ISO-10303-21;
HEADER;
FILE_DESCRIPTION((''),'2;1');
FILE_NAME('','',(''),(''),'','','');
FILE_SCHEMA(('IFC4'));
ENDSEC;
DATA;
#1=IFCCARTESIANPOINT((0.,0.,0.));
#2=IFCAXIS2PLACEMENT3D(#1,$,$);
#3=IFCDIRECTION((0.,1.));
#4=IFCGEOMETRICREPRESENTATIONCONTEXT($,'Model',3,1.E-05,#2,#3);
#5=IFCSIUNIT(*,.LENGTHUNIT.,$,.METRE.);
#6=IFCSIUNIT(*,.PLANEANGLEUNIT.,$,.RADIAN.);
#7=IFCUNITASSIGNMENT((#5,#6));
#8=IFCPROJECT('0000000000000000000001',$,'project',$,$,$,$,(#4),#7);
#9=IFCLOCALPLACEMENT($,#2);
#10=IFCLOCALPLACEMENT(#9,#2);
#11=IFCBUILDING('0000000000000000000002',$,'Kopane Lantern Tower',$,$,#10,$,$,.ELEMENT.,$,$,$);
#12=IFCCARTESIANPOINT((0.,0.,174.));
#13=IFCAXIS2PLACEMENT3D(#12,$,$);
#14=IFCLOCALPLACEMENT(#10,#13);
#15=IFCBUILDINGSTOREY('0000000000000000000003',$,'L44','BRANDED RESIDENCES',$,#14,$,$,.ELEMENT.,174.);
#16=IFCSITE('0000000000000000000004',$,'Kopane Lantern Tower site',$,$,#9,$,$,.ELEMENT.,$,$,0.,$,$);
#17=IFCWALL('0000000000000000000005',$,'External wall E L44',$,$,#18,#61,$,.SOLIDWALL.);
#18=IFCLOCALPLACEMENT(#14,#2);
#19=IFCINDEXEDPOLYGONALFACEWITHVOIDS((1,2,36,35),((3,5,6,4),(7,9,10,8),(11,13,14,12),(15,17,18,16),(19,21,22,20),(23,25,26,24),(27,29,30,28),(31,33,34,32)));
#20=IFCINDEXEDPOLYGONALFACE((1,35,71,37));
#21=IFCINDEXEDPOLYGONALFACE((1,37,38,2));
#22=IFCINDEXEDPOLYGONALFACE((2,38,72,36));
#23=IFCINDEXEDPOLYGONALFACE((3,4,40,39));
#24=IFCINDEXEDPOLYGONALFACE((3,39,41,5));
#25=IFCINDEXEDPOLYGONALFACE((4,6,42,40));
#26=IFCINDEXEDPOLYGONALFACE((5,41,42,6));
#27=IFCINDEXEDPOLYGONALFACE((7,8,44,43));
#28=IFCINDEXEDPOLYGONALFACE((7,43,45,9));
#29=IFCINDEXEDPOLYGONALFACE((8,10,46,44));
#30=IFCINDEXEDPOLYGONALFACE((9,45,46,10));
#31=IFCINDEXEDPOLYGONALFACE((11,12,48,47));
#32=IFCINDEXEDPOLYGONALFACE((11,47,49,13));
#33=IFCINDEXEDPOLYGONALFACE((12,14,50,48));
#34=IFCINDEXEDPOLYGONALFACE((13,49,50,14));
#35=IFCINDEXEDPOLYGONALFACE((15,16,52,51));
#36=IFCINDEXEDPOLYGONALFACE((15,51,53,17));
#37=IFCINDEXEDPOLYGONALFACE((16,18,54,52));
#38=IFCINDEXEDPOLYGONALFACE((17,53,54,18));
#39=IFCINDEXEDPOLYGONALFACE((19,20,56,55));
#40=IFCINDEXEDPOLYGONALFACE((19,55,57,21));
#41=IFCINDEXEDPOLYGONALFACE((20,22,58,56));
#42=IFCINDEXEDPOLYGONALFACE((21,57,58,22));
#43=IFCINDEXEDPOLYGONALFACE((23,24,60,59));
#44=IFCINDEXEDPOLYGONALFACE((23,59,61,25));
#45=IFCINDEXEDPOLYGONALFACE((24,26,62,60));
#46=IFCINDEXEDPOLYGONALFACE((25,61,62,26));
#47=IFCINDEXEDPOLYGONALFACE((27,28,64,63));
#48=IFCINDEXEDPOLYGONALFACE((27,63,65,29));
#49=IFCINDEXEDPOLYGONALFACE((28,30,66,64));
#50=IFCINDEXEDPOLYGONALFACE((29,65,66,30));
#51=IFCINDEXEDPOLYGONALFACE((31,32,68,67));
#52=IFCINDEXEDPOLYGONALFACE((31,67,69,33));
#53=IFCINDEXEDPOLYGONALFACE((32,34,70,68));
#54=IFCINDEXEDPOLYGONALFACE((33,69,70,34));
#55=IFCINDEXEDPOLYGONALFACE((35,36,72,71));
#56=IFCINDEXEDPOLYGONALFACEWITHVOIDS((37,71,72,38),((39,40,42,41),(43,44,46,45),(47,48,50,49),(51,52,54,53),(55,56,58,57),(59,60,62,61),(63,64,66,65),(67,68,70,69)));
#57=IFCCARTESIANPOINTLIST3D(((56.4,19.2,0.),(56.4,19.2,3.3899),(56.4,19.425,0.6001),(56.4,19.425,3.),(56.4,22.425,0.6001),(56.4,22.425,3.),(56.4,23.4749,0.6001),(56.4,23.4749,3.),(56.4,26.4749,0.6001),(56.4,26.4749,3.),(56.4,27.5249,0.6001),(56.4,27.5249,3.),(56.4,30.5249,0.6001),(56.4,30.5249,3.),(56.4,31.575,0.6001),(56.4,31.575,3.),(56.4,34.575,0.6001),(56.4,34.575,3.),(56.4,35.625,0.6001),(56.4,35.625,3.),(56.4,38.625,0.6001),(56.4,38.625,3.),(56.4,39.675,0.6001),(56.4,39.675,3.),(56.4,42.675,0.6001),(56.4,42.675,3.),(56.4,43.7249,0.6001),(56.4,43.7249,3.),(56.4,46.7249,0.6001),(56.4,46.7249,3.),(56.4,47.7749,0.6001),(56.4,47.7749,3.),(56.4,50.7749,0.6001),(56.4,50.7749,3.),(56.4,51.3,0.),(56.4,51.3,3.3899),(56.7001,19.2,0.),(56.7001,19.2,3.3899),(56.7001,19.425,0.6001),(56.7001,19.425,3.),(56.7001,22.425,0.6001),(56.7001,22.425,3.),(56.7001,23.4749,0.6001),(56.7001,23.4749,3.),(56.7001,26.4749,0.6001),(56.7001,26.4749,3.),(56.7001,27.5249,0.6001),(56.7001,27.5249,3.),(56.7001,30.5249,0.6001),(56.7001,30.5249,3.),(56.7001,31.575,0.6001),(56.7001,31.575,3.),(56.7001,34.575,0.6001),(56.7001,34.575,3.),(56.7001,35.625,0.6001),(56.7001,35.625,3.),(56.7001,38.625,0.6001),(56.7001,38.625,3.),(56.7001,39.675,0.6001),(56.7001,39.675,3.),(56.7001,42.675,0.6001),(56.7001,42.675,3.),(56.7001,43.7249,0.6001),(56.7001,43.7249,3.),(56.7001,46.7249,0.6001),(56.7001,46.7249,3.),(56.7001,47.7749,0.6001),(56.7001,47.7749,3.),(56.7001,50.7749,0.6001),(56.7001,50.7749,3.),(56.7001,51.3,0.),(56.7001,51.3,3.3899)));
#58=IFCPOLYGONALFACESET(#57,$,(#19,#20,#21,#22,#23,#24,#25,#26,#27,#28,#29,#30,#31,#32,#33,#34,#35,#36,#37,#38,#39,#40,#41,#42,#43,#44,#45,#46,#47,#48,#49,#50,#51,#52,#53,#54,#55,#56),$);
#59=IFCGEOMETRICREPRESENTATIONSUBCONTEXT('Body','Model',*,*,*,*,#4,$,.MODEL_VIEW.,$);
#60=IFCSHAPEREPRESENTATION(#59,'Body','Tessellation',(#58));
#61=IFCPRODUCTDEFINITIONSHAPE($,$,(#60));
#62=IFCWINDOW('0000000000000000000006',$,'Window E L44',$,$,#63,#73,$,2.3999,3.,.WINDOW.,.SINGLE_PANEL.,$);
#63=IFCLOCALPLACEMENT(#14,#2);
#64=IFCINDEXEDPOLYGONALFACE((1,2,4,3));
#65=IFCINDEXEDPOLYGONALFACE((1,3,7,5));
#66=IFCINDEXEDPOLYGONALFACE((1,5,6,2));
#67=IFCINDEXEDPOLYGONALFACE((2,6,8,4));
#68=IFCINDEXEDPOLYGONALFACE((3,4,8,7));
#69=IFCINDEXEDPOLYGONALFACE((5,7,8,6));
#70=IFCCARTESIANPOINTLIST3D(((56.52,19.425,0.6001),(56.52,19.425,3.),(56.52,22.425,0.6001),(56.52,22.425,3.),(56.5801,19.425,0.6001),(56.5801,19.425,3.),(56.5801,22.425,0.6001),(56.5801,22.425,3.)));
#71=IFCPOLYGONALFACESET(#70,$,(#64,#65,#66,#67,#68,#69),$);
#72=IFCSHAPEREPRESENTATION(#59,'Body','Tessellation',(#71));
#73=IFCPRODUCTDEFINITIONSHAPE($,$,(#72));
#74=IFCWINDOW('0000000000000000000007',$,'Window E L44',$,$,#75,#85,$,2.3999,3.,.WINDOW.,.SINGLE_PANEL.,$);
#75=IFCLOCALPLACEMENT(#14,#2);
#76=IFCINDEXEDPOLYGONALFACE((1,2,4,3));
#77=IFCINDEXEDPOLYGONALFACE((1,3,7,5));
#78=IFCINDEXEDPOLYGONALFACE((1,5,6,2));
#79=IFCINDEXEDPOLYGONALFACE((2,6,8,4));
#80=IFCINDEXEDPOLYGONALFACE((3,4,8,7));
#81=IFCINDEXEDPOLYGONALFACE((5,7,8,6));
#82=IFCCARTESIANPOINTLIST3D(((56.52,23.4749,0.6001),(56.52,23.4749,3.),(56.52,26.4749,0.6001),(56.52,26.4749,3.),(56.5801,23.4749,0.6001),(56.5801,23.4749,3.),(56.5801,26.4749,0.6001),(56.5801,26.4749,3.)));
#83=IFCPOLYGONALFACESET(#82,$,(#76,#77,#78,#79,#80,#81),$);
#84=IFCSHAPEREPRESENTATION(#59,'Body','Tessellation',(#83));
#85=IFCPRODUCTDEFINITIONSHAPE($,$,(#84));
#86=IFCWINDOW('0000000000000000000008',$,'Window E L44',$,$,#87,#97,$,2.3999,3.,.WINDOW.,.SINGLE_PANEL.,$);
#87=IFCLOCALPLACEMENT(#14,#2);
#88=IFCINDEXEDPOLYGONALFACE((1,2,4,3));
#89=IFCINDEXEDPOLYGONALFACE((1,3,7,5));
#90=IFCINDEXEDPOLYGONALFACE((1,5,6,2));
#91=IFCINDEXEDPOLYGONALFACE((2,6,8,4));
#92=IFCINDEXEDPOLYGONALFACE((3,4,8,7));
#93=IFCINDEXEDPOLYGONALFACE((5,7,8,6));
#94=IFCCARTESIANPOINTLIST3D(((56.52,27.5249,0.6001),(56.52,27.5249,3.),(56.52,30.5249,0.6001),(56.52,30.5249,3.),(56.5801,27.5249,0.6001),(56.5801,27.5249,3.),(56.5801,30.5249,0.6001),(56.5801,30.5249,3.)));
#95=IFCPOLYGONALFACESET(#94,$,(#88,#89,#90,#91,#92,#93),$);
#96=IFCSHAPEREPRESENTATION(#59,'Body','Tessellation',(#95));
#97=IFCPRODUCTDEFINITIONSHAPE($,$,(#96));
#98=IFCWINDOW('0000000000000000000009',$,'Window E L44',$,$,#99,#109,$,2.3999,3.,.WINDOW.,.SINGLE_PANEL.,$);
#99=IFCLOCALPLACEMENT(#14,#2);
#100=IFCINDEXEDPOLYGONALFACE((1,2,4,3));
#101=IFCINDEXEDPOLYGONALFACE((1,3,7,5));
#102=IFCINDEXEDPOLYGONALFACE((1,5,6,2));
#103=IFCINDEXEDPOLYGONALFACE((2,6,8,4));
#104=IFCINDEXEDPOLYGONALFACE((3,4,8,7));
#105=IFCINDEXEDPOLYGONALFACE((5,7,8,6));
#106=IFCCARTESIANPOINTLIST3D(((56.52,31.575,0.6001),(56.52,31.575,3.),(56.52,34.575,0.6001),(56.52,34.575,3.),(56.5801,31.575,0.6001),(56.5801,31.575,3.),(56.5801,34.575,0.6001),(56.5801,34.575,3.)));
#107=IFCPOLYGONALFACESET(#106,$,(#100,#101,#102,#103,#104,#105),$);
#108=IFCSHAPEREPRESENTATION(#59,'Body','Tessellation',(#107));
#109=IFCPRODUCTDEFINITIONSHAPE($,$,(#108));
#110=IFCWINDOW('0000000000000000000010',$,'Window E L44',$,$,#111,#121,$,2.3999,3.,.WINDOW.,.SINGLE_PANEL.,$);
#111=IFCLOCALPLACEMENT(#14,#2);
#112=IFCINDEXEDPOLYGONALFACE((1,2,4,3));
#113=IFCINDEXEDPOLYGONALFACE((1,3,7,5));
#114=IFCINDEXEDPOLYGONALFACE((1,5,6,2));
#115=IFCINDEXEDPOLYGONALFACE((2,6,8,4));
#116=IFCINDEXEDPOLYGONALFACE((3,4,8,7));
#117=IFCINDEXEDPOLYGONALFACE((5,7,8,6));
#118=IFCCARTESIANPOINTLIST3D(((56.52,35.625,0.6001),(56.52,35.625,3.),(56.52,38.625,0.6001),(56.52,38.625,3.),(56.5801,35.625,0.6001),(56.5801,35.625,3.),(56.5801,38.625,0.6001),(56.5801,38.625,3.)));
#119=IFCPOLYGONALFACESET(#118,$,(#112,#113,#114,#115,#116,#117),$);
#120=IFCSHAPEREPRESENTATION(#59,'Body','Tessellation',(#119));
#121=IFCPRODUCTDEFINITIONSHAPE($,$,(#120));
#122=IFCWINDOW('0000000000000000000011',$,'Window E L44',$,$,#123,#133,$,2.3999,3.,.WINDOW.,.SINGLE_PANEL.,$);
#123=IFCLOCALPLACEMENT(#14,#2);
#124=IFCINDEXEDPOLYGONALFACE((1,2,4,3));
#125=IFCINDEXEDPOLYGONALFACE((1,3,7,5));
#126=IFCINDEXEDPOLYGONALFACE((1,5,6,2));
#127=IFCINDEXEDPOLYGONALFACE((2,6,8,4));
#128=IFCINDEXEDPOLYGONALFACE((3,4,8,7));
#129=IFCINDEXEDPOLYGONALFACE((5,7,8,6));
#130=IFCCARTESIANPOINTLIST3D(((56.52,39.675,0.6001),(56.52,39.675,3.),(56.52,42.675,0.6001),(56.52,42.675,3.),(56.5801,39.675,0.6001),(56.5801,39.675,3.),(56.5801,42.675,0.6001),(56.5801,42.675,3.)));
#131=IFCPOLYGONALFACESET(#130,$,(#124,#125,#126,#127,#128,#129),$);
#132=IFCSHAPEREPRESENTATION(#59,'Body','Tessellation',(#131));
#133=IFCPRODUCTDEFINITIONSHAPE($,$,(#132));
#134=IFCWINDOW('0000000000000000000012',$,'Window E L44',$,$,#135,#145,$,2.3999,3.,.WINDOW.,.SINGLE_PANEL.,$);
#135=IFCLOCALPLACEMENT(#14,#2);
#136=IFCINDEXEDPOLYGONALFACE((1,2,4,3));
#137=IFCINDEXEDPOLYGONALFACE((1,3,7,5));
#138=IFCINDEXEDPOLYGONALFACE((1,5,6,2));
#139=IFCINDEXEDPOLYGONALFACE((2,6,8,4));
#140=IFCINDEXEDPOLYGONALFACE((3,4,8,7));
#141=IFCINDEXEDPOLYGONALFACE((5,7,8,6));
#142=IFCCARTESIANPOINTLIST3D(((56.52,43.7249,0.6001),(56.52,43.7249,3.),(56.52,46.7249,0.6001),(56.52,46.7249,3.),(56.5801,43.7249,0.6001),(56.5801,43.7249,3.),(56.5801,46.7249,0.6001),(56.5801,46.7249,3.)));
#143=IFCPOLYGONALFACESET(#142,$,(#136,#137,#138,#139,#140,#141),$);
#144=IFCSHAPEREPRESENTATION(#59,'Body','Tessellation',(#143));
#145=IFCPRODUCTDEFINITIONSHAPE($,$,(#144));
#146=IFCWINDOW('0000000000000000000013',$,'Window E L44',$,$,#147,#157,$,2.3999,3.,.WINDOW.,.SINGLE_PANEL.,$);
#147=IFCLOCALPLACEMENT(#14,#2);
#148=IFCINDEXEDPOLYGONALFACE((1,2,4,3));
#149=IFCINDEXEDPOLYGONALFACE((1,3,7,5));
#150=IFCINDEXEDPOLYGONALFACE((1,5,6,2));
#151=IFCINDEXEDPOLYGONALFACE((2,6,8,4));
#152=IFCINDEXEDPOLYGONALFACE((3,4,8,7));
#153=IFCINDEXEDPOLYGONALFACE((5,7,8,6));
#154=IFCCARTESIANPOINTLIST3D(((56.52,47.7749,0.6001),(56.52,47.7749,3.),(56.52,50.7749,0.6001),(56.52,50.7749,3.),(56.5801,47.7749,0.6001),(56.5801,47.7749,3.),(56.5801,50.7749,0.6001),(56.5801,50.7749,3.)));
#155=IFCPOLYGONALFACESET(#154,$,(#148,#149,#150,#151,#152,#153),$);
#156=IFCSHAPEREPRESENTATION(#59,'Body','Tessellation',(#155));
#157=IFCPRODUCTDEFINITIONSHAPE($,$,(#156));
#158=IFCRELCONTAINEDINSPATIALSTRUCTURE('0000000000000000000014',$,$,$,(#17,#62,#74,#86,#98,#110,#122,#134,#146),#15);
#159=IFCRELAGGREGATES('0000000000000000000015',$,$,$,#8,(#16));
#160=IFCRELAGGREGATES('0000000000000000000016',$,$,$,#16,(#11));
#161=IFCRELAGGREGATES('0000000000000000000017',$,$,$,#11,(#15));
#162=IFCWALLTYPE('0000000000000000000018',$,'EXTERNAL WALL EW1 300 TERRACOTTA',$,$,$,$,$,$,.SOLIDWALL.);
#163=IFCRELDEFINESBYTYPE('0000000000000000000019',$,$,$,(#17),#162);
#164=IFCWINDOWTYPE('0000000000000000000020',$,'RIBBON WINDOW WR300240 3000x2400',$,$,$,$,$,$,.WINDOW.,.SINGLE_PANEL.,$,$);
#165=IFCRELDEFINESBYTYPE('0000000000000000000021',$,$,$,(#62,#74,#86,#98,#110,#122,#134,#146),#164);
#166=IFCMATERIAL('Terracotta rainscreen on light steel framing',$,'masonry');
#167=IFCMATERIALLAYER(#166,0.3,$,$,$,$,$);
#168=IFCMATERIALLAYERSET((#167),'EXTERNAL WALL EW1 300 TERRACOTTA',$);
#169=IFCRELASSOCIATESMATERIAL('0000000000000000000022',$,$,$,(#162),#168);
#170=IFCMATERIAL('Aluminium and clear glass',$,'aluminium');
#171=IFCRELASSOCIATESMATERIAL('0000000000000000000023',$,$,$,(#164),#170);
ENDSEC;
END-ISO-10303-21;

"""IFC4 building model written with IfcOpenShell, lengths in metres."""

from ifc_helpers import new_model, si_unit, direction, frame, frame_2d, origin, place, context, subcontext, project, spatial, rectangle, extrude, material, layer, layer_set, type_object, element, fill, save


model = new_model("IFC4")

# Units and contexts
model_context = context("Model", 3, precision=1e-05, world=origin(), true_north=direction((0.0, 1.0)))
body_context = subcontext(model_context, "Body", "Model", "MODEL_VIEW")
ifc_project = project(units=[si_unit("LENGTHUNIT", "METRE"), si_unit("PLANEANGLEUNIT", "RADIAN")], contexts=[model_context])

# Site, building, storey
site_placement = place(None, origin())
site = spatial("IfcSite", under=ifc_project, at=site_placement, Name="Kopane Lantern Tower site", CompositionType="ELEMENT", RefElevation=0.0)
building_placement = place(site_placement, origin())
building = spatial("IfcBuilding", under=site, at=building_placement, Name="Kopane Lantern Tower", CompositionType="ELEMENT")
storey_placement = place(building_placement, frame((0.0, 0.0, 174.0)))
storey = spatial("IfcBuildingStorey", under=building, at=storey_placement, Name="L44", Description="BRANDED RESIDENCES", CompositionType="ELEMENT", Elevation=174.0)

# Shared definitions
ifc_material_1 = material(Name="Terracotta rainscreen on light steel framing", Category="masonry")
ifc_layer_1 = layer(ifc_material_1, 0.3)
ifc_layer_set_1 = layer_set([ifc_layer_1], Name="EXTERNAL WALL EW1 300 TERRACOTTA")
wall_type_1 = type_object("IfcWallType", Name="EXTERNAL WALL EW1 300 TERRACOTTA", PredefinedType="SOLIDWALL", material=ifc_layer_set_1)

# Wall, openings, windows
wall_1_placement = place(storey_placement, frame((56.55, 19.2, 0.0), z_axis=(0.0, 0.0, 1.0), x_axis=(0.0, 1.0, 0.0)))
wall_1 = element("IfcWall", 1, at=wall_1_placement, inside=storey, type_object=wall_type_1, Name="External wall E L44", PredefinedType="SOLIDWALL", context=body_context, shape_type="SweptSolid", body=[
    extrude(rectangle(XDim=32.1001, YDim=0.3, at=frame_2d((16.05, 0.0))), origin(), (0.0, 0.0, 1.0), 3.3899),
])
opening_1_placement = place(wall_1_placement, frame((0.2251, 0.0, 0.6001)))
opening_1 = element("IfcOpeningElement", 2, at=opening_1_placement, cuts=wall_1, PredefinedType="OPENING", context=body_context, shape_type="SweptSolid", body=[
    extrude(rectangle(XDim=3.0, YDim=2.3999, at=frame_2d((1.5, 1.2))), frame((0.0, 0.1599, 0.0), z_axis=(0.0, -1.0, 0.0), x_axis=(1.0, 0.0, 0.0)), (0.0, 0.0, 1.0), 0.3201),
])
opening_2_placement = place(wall_1_placement, frame((4.2749, 0.0, 0.6001)))
opening_2 = element("IfcOpeningElement", 3, at=opening_2_placement, cuts=wall_1, PredefinedType="OPENING", context=body_context, shape_type="SweptSolid", body=[
    extrude(rectangle(XDim=3.0, YDim=2.3999, at=frame_2d((1.5, 1.2))), frame((0.0, 0.1599, 0.0), z_axis=(0.0, -1.0, 0.0), x_axis=(1.0, 0.0, 0.0)), (0.0, 0.0, 1.0), 0.3201),
])
opening_3_placement = place(wall_1_placement, frame((8.325, 0.0, 0.6001)))
opening_3 = element("IfcOpeningElement", 4, at=opening_3_placement, cuts=wall_1, PredefinedType="OPENING", context=body_context, shape_type="SweptSolid", body=[
    extrude(rectangle(XDim=3.0, YDim=2.3999, at=frame_2d((1.5, 1.2))), frame((0.0, 0.1599, 0.0), z_axis=(0.0, -1.0, 0.0), x_axis=(1.0, 0.0, 0.0)), (0.0, 0.0, 1.0), 0.3201),
])
opening_4_placement = place(wall_1_placement, frame((12.375, 0.0, 0.6001)))
opening_4 = element("IfcOpeningElement", 5, at=opening_4_placement, cuts=wall_1, PredefinedType="OPENING", context=body_context, shape_type="SweptSolid", body=[
    extrude(rectangle(XDim=3.0, YDim=2.3999, at=frame_2d((1.5, 1.2))), frame((0.0, 0.1599, 0.0), z_axis=(0.0, -1.0, 0.0), x_axis=(1.0, 0.0, 0.0)), (0.0, 0.0, 1.0), 0.3201),
])
opening_5_placement = place(wall_1_placement, frame((16.425, 0.0, 0.6001)))
opening_5 = element("IfcOpeningElement", 6, at=opening_5_placement, cuts=wall_1, PredefinedType="OPENING", context=body_context, shape_type="SweptSolid", body=[
    extrude(rectangle(XDim=3.0, YDim=2.3999, at=frame_2d((1.5, 1.2))), frame((0.0, 0.1599, 0.0), z_axis=(0.0, -1.0, 0.0), x_axis=(1.0, 0.0, 0.0)), (0.0, 0.0, 1.0), 0.3201),
])
opening_6_placement = place(wall_1_placement, frame((20.4751, 0.0, 0.6001)))
opening_6 = element("IfcOpeningElement", 7, at=opening_6_placement, cuts=wall_1, PredefinedType="OPENING", context=body_context, shape_type="SweptSolid", body=[
    extrude(rectangle(XDim=3.0, YDim=2.3999, at=frame_2d((1.5, 1.2))), frame((0.0, 0.1599, 0.0), z_axis=(0.0, -1.0, 0.0), x_axis=(1.0, 0.0, 0.0)), (0.0, 0.0, 1.0), 0.3201),
])
opening_7_placement = place(wall_1_placement, frame((24.5249, 0.0, 0.6001)))
opening_7 = element("IfcOpeningElement", 8, at=opening_7_placement, cuts=wall_1, PredefinedType="OPENING", context=body_context, shape_type="SweptSolid", body=[
    extrude(rectangle(XDim=3.0, YDim=2.3999, at=frame_2d((1.5, 1.2))), frame((0.0, 0.1599, 0.0), z_axis=(0.0, -1.0, 0.0), x_axis=(1.0, 0.0, 0.0)), (0.0, 0.0, 1.0), 0.3201),
])
opening_8_placement = place(wall_1_placement, frame((28.575, 0.0, 0.6001)))
opening_8 = element("IfcOpeningElement", 9, at=opening_8_placement, cuts=wall_1, PredefinedType="OPENING", context=body_context, shape_type="SweptSolid", body=[
    extrude(rectangle(XDim=3.0, YDim=2.3999, at=frame_2d((1.5, 1.2))), frame((0.0, 0.1599, 0.0), z_axis=(0.0, -1.0, 0.0), x_axis=(1.0, 0.0, 0.0)), (0.0, 0.0, 1.0), 0.3201),
])
ifc_material_2 = material(Name="Aluminium and clear glass", Category="aluminium")
window_type_1 = type_object("IfcWindowType", Name="RIBBON WINDOW WR300240 3000x2400", PartitioningType="SINGLE_PANEL", PredefinedType="WINDOW", material=ifc_material_2)
window_1_placement = place(opening_1_placement, origin())
window_1 = element("IfcWindow", 10, at=window_1_placement, inside=storey, type_object=window_type_1, Name="Window E L44", OverallHeight=2.3999, OverallWidth=3.0, PartitioningType="SINGLE_PANEL", PredefinedType="WINDOW", context=body_context, shape_type="SweptSolid", body=[
    extrude(rectangle(XDim=3.0, YDim=2.3999, at=frame_2d((1.5, 1.2))), frame((0.0, 0.03, 0.0), z_axis=(0.0, -1.0, 0.0), x_axis=(1.0, 0.0, 0.0)), (0.0, 0.0, 1.0), 0.0601),
])
fill(opening_1, window_1)
window_2_placement = place(opening_2_placement, origin())
window_2 = element("IfcWindow", 11, at=window_2_placement, inside=storey, type_object=window_type_1, Name="Window E L44", OverallHeight=2.3999, OverallWidth=3.0, PartitioningType="SINGLE_PANEL", PredefinedType="WINDOW", context=body_context, shape_type="SweptSolid", body=[
    extrude(rectangle(XDim=3.0, YDim=2.3999, at=frame_2d((1.5, 1.2))), frame((0.0, 0.03, 0.0), z_axis=(0.0, -1.0, 0.0), x_axis=(1.0, 0.0, 0.0)), (0.0, 0.0, 1.0), 0.0601),
])
fill(opening_2, window_2)
window_3_placement = place(opening_3_placement, origin())
window_3 = element("IfcWindow", 12, at=window_3_placement, inside=storey, type_object=window_type_1, Name="Window E L44", OverallHeight=2.3999, OverallWidth=3.0, PartitioningType="SINGLE_PANEL", PredefinedType="WINDOW", context=body_context, shape_type="SweptSolid", body=[
    extrude(rectangle(XDim=3.0, YDim=2.3999, at=frame_2d((1.5, 1.2))), frame((0.0, 0.03, 0.0), z_axis=(0.0, -1.0, 0.0), x_axis=(1.0, 0.0, 0.0)), (0.0, 0.0, 1.0), 0.0601),
])
fill(opening_3, window_3)
window_4_placement = place(opening_4_placement, origin())
window_4 = element("IfcWindow", 13, at=window_4_placement, inside=storey, type_object=window_type_1, Name="Window E L44", OverallHeight=2.3999, OverallWidth=3.0, PartitioningType="SINGLE_PANEL", PredefinedType="WINDOW", context=body_context, shape_type="SweptSolid", body=[
    extrude(rectangle(XDim=3.0, YDim=2.3999, at=frame_2d((1.5, 1.2))), frame((0.0, 0.03, 0.0), z_axis=(0.0, -1.0, 0.0), x_axis=(1.0, 0.0, 0.0)), (0.0, 0.0, 1.0), 0.0601),
])
fill(opening_4, window_4)
window_5_placement = place(opening_5_placement, origin())
window_5 = element("IfcWindow", 14, at=window_5_placement, inside=storey, type_object=window_type_1, Name="Window E L44", OverallHeight=2.3999, OverallWidth=3.0, PartitioningType="SINGLE_PANEL", PredefinedType="WINDOW", context=body_context, shape_type="SweptSolid", body=[
    extrude(rectangle(XDim=3.0, YDim=2.3999, at=frame_2d((1.5, 1.2))), frame((0.0, 0.03, 0.0), z_axis=(0.0, -1.0, 0.0), x_axis=(1.0, 0.0, 0.0)), (0.0, 0.0, 1.0), 0.0601),
])
fill(opening_5, window_5)
window_6_placement = place(opening_6_placement, origin())
window_6 = element("IfcWindow", 15, at=window_6_placement, inside=storey, type_object=window_type_1, Name="Window E L44", OverallHeight=2.3999, OverallWidth=3.0, PartitioningType="SINGLE_PANEL", PredefinedType="WINDOW", context=body_context, shape_type="SweptSolid", body=[
    extrude(rectangle(XDim=3.0, YDim=2.3999, at=frame_2d((1.5, 1.2))), frame((0.0, 0.03, 0.0), z_axis=(0.0, -1.0, 0.0), x_axis=(1.0, 0.0, 0.0)), (0.0, 0.0, 1.0), 0.0601),
])
fill(opening_6, window_6)
window_7_placement = place(opening_7_placement, origin())
window_7 = element("IfcWindow", 16, at=window_7_placement, inside=storey, type_object=window_type_1, Name="Window E L44", OverallHeight=2.3999, OverallWidth=3.0, PartitioningType="SINGLE_PANEL", PredefinedType="WINDOW", context=body_context, shape_type="SweptSolid", body=[
    extrude(rectangle(XDim=3.0, YDim=2.3999, at=frame_2d((1.5, 1.2))), frame((0.0, 0.03, 0.0), z_axis=(0.0, -1.0, 0.0), x_axis=(1.0, 0.0, 0.0)), (0.0, 0.0, 1.0), 0.0601),
])
fill(opening_7, window_7)
window_8_placement = place(opening_8_placement, origin())
window_8 = element("IfcWindow", 17, at=window_8_placement, inside=storey, type_object=window_type_1, Name="Window E L44", OverallHeight=2.3999, OverallWidth=3.0, PartitioningType="SINGLE_PANEL", PredefinedType="WINDOW", context=body_context, shape_type="SweptSolid", body=[
    extrude(rectangle(XDim=3.0, YDim=2.3999, at=frame_2d((1.5, 1.2))), frame((0.0, 0.03, 0.0), z_axis=(0.0, -1.0, 0.0), x_axis=(1.0, 0.0, 0.0)), (0.0, 0.0, 1.0), 0.0601),
])
fill(opening_8, window_8)

save(model, "model.ifc")
